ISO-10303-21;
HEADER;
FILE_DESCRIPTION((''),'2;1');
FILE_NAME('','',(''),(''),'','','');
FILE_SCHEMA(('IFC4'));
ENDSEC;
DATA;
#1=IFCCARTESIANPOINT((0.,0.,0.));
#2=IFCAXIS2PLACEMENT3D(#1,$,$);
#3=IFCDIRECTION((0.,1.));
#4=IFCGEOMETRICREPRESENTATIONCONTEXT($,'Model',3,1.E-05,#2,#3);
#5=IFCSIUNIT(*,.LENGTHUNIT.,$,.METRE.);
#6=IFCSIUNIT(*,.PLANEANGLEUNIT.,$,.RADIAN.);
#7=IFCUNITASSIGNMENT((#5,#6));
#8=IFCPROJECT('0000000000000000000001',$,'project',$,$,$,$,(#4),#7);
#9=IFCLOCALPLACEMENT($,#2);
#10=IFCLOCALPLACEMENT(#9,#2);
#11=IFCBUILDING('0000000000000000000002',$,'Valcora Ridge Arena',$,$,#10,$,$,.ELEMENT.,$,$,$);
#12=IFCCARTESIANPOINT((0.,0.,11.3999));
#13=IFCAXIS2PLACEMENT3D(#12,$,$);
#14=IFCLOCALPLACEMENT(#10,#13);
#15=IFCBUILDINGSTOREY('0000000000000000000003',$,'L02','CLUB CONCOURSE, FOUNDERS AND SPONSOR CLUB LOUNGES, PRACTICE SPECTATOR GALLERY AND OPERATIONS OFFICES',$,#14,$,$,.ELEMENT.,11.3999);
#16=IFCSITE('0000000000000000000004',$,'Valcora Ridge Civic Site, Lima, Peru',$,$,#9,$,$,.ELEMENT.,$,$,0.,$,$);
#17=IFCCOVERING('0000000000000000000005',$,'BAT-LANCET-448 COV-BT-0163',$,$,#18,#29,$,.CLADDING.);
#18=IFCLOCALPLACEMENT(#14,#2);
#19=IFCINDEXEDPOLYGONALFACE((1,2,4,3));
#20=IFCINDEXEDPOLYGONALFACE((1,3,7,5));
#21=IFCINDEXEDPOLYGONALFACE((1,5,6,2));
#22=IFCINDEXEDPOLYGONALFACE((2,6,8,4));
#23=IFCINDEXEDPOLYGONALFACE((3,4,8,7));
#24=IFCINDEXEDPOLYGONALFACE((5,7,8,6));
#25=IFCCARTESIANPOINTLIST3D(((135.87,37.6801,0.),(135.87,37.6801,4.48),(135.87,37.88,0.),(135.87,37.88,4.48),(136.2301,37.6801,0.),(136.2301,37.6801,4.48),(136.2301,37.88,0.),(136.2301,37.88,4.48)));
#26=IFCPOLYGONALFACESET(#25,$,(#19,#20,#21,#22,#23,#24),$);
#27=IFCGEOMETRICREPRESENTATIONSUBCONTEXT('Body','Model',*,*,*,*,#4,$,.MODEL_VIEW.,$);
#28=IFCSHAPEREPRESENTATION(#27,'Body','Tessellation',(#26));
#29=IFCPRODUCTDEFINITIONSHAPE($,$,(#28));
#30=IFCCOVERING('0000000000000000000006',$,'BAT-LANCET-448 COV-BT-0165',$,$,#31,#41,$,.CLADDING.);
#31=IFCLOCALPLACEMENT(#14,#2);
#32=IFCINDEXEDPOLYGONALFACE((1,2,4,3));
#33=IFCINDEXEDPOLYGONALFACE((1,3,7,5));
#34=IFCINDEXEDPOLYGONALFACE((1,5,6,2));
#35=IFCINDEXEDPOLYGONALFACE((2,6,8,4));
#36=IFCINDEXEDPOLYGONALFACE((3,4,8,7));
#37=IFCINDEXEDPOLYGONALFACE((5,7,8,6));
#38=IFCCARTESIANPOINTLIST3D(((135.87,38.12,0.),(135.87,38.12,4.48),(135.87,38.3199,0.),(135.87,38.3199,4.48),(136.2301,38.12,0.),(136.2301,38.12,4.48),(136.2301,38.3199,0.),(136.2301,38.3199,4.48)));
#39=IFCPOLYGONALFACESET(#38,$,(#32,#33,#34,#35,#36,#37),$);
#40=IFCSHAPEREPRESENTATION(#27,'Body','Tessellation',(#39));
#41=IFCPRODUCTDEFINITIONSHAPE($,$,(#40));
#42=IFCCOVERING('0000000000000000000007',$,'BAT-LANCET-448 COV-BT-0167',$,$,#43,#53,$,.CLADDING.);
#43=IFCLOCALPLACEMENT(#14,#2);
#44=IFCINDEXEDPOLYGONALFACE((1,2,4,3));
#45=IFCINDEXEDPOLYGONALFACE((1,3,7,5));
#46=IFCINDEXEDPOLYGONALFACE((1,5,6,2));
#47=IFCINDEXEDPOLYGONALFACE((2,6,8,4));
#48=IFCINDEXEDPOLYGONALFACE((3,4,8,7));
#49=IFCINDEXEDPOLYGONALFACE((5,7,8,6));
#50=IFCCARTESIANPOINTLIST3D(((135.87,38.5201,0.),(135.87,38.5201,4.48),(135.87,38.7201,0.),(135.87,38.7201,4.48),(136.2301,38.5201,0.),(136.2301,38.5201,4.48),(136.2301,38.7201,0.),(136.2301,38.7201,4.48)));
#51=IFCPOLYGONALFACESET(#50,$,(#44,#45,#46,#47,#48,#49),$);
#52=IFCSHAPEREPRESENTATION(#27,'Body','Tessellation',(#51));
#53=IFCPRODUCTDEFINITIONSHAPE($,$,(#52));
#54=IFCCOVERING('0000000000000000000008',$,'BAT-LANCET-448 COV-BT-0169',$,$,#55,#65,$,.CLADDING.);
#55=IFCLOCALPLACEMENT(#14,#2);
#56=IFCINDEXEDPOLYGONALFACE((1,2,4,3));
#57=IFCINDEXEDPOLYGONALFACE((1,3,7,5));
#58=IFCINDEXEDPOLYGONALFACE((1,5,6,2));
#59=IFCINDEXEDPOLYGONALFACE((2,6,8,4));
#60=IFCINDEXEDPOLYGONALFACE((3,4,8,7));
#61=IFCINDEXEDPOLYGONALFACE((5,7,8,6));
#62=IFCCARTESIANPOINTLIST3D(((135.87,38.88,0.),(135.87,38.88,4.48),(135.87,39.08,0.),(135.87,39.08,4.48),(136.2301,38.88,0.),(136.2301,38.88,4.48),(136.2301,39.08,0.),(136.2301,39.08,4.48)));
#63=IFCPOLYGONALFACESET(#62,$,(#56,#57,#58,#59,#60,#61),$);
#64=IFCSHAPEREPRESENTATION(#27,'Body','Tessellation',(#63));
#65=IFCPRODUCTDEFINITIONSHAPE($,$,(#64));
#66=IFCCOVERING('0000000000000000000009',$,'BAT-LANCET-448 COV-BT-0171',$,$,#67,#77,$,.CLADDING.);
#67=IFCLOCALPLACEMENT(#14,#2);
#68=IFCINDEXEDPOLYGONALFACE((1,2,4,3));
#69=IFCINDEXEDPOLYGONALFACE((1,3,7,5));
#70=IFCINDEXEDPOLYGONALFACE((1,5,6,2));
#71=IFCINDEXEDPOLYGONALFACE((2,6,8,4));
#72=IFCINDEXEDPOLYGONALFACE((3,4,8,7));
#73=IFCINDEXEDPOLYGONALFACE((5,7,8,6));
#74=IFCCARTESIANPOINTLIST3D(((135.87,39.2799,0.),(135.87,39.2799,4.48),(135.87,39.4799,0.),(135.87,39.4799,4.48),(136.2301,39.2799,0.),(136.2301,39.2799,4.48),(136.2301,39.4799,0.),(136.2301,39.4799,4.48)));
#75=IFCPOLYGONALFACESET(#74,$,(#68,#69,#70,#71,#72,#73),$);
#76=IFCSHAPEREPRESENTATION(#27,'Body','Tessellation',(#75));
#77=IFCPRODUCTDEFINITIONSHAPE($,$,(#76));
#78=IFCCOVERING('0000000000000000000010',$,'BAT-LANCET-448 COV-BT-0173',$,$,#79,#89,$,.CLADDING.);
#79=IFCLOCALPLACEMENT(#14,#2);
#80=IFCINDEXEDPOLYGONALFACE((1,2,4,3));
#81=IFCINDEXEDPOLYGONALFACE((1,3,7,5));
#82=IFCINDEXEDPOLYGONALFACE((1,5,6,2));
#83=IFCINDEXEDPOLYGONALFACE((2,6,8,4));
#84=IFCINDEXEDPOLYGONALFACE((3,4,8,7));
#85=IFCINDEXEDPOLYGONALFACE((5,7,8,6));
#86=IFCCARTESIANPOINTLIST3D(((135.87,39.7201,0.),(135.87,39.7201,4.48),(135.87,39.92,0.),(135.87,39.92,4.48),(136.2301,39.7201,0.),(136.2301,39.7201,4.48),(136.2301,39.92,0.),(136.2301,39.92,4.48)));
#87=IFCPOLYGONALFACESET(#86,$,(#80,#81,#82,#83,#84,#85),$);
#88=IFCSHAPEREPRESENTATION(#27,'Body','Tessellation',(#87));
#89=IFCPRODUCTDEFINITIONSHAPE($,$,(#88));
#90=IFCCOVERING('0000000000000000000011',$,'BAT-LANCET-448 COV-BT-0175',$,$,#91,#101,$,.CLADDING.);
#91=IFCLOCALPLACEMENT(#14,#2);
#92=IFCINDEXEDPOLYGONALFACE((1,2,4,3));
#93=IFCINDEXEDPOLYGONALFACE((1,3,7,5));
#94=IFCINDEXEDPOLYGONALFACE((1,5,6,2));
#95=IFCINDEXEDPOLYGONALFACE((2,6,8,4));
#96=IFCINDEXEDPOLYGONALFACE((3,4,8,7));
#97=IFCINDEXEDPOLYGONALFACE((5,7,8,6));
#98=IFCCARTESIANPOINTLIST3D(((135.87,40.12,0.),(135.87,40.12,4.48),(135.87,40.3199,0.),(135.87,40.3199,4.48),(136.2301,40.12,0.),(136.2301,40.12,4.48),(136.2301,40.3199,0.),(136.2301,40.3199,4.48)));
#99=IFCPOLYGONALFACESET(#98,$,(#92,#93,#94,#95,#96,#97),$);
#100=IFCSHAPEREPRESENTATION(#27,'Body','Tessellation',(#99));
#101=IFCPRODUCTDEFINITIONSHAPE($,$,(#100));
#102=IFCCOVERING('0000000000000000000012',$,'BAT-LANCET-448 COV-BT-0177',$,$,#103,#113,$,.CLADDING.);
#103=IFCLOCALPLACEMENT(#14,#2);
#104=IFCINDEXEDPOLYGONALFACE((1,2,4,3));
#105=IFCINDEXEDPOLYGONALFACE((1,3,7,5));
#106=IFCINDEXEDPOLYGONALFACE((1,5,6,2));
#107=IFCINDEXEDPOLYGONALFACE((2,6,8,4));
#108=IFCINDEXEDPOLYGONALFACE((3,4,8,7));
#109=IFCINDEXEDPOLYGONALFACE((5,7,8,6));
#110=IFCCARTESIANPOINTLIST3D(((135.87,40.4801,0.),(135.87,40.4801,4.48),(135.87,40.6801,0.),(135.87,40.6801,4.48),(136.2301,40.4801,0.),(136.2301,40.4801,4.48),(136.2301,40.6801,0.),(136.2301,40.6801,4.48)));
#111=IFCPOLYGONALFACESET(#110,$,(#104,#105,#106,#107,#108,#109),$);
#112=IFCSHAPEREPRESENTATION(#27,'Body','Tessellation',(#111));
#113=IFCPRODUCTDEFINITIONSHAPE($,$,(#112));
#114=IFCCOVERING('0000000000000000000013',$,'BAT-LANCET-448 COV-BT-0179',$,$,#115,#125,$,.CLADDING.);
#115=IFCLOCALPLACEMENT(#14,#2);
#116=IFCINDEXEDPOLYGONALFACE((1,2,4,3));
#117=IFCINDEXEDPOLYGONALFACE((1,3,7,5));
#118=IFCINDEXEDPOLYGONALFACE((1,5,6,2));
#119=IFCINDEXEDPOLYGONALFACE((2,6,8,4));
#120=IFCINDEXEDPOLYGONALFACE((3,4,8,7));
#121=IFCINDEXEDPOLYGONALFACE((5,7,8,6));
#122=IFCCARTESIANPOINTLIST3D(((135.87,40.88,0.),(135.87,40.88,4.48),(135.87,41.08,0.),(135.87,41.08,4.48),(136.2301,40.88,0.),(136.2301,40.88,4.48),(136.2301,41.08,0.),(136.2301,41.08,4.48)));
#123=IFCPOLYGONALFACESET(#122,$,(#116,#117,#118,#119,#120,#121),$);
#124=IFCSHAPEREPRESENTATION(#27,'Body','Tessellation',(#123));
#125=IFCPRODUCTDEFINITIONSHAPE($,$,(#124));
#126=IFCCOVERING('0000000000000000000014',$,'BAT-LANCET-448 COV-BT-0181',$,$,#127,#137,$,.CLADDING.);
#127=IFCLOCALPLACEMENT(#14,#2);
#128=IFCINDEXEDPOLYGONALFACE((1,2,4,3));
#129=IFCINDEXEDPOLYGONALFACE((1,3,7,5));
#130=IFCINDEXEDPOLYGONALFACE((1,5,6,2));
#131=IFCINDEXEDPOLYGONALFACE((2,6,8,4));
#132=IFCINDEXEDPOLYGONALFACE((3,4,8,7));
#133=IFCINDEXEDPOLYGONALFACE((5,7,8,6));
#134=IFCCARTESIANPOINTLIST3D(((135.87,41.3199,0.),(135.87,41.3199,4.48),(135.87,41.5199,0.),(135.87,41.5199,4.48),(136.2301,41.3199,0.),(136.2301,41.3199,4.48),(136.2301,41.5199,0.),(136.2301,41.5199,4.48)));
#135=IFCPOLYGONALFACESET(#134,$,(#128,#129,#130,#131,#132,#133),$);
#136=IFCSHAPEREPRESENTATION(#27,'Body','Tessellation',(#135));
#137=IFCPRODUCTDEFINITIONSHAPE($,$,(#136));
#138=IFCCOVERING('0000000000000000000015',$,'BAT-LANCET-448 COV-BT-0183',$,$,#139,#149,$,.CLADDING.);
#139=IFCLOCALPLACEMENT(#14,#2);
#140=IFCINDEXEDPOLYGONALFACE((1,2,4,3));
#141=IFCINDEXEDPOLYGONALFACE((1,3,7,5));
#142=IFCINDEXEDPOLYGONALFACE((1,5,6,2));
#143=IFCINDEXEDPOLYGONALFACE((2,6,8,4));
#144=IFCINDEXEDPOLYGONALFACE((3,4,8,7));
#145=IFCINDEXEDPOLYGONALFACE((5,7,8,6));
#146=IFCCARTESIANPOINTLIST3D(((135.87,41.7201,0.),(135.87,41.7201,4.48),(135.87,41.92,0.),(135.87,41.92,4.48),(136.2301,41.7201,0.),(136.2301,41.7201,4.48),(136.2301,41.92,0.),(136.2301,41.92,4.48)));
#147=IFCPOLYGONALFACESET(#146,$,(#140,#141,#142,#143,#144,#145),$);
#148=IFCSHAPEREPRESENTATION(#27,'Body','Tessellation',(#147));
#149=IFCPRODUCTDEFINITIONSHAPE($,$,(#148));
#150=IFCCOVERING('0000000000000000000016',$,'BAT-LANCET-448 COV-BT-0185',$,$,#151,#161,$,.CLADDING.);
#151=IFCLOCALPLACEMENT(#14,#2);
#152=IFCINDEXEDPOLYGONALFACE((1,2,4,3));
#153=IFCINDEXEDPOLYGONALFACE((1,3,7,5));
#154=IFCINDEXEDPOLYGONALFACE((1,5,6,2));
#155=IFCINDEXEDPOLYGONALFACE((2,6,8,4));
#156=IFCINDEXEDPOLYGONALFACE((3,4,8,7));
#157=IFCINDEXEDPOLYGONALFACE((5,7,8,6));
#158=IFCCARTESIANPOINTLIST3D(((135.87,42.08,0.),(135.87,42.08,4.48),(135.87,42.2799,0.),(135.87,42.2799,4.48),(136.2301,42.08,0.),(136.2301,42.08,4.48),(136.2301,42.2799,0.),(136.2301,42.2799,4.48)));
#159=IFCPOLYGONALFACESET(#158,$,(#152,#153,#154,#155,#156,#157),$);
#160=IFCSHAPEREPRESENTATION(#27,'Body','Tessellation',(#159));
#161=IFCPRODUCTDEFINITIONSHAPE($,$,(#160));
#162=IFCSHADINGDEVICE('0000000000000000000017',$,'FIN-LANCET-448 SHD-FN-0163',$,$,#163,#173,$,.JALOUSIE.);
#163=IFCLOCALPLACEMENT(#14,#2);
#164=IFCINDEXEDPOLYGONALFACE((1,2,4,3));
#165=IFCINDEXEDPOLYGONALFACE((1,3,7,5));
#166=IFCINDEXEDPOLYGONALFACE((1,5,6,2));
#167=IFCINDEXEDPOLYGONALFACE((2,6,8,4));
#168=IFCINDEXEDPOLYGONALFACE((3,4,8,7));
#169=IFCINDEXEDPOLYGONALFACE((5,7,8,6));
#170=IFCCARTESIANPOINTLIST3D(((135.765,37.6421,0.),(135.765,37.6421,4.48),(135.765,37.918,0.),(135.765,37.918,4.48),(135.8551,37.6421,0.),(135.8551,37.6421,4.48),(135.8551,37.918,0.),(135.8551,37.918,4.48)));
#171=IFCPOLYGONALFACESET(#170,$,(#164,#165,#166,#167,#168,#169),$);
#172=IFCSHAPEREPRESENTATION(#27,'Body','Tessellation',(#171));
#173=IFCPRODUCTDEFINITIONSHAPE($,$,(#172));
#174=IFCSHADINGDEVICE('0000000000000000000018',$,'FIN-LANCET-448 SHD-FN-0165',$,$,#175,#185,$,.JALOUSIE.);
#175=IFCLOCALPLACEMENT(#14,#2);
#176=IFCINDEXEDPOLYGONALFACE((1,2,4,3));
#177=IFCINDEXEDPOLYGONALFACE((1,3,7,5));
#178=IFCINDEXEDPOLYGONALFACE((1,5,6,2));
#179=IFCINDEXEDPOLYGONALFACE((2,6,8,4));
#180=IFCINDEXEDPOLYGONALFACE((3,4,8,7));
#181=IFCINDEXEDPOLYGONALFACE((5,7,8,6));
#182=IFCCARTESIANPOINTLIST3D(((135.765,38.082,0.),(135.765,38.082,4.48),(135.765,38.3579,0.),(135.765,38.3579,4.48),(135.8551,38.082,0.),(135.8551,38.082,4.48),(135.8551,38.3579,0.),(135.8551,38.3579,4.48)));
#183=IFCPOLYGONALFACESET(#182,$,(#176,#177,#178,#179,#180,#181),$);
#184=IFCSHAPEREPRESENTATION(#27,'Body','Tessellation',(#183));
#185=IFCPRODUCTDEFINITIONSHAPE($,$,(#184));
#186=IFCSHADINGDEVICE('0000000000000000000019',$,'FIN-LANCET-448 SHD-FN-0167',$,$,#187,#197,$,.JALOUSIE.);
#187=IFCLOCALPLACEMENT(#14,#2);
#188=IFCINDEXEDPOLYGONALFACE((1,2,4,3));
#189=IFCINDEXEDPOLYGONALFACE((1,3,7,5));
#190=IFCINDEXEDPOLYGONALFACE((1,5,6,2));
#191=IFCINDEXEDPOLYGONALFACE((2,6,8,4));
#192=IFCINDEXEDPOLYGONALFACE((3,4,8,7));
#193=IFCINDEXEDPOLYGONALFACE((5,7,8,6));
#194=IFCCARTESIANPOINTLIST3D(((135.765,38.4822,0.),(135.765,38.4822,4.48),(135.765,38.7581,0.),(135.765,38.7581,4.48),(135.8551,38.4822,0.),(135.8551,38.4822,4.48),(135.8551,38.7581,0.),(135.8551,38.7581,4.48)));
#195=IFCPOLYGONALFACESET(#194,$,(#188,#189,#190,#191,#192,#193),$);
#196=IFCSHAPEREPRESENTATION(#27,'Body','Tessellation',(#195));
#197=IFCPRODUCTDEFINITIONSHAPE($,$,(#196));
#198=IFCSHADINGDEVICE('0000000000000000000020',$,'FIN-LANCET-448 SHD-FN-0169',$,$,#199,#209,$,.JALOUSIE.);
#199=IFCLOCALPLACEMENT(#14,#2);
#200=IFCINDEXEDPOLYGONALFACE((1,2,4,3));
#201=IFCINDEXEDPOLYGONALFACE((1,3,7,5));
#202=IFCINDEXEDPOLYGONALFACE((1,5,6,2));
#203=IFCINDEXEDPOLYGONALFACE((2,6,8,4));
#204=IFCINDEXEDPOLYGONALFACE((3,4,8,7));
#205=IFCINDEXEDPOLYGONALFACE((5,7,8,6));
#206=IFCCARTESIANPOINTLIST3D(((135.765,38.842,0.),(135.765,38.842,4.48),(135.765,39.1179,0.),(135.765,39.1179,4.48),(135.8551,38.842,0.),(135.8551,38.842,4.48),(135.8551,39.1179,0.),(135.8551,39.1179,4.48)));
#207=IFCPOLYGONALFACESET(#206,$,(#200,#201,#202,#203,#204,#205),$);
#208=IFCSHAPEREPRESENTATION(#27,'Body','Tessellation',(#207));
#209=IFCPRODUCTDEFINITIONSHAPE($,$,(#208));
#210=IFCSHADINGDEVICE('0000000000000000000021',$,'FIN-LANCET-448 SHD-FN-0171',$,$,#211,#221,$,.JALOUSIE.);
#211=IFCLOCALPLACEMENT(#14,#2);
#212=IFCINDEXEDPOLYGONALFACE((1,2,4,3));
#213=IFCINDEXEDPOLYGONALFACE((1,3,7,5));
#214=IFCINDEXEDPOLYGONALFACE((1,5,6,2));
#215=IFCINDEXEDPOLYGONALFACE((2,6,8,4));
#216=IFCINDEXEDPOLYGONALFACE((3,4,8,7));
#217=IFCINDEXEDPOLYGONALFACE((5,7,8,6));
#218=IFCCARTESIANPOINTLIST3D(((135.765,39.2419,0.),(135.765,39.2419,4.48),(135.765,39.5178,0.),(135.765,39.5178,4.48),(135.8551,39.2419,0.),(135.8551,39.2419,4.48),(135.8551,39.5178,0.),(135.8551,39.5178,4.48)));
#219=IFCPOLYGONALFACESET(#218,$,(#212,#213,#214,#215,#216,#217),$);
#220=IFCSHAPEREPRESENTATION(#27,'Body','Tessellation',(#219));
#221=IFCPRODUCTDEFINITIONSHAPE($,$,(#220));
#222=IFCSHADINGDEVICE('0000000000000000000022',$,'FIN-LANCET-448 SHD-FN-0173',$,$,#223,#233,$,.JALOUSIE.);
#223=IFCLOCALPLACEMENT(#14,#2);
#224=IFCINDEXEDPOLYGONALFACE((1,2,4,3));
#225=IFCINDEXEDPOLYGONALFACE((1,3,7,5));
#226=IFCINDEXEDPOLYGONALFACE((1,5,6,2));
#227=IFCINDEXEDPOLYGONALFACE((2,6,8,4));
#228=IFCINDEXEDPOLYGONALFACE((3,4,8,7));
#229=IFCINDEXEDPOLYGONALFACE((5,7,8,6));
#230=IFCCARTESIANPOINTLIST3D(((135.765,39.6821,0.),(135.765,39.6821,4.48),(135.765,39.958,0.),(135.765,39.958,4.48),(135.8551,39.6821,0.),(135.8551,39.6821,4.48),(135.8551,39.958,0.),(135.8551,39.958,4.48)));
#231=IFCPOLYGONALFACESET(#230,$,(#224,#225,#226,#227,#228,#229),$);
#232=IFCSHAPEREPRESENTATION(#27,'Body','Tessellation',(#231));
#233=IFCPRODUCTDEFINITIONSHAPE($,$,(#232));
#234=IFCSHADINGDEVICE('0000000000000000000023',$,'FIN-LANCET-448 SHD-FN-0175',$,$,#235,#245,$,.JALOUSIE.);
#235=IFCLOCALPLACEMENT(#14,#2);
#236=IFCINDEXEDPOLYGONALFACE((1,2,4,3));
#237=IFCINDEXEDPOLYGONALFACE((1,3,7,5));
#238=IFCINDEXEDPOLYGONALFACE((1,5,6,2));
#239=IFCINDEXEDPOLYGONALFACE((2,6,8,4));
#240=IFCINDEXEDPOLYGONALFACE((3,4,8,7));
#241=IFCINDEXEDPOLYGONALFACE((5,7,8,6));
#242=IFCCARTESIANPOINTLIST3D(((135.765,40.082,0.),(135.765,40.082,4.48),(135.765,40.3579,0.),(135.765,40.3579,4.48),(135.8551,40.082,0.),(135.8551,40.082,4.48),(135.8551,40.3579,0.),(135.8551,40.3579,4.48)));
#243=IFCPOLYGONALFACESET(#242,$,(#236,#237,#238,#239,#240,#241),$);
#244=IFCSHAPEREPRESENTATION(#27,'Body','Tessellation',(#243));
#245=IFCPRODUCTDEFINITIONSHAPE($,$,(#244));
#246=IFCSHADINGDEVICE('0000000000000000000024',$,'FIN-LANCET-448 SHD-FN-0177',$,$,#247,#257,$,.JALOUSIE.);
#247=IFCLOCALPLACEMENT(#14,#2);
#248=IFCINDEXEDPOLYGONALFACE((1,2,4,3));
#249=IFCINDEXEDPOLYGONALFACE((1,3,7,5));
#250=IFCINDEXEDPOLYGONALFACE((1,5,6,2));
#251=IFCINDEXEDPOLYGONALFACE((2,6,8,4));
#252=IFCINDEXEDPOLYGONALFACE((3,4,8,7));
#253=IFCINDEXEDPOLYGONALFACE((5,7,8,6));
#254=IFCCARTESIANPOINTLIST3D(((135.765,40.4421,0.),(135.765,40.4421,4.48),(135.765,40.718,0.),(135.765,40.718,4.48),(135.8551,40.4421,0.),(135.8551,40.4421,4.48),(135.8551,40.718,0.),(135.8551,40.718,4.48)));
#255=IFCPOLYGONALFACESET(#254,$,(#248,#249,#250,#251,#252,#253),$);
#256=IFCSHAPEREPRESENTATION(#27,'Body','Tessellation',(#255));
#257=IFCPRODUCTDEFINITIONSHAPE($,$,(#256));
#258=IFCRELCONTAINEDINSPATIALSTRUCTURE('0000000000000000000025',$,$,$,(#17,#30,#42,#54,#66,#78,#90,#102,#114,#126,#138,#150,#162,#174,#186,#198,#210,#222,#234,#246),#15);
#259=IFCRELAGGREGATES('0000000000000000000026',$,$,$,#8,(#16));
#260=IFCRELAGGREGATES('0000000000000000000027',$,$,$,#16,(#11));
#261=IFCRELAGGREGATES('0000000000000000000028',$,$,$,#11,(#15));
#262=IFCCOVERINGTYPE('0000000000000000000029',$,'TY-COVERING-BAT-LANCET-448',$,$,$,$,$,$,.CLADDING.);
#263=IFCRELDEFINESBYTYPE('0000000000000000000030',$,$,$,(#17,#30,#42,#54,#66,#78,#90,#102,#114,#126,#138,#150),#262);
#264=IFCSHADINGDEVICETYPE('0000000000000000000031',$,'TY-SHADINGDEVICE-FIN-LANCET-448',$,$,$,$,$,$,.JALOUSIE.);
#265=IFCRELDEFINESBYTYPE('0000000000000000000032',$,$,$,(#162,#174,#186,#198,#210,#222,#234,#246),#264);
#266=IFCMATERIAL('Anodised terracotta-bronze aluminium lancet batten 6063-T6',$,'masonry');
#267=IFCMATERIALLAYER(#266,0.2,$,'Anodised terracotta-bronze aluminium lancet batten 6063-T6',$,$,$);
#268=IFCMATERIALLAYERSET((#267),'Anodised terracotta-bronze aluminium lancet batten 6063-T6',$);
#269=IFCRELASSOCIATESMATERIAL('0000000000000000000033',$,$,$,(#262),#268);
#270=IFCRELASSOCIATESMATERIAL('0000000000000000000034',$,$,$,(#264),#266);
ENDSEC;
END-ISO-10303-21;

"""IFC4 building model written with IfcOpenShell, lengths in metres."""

from ifc_helpers import new_model, si_unit, direction, frame, origin, origin_2d, place, context, subcontext, project, spatial, rectangle, extrude, material, layer, layer_set, material_profile, profile_set, type_object, element, save


model = new_model("IFC4")

# Units and contexts
model_context = context("Model", 3, precision=1e-05, world=origin(), true_north=direction((0.0, 1.0)))
body_context = subcontext(model_context, "Body", "Model", "MODEL_VIEW")
ifc_project = project(units=[si_unit("LENGTHUNIT", "METRE"), si_unit("PLANEANGLEUNIT", "RADIAN")], contexts=[model_context])

# Site, building, storey
site_placement = place(None, origin())
site = spatial("IfcSite", under=ifc_project, at=site_placement, Name="Valcora Ridge Civic Site, Lima, Peru", CompositionType="ELEMENT", RefElevation=0.0)
building_placement = place(site_placement, origin())
building = spatial("IfcBuilding", under=site, at=building_placement, Name="Valcora Ridge Arena", CompositionType="ELEMENT")
storey_placement = place(building_placement, frame((0.0, 0.0, 11.3999)))
storey = spatial("IfcBuildingStorey", under=building, at=storey_placement, Name="L02", Description="CLUB CONCOURSE, FOUNDERS AND SPONSOR CLUB LOUNGES, PRACTICE SPECTATOR GALLERY AND OPERATIONS OFFICES", CompositionType="ELEMENT", Elevation=11.3999)

# Coverings
ifc_material_1 = material(Name="Anodised terracotta-bronze aluminium lancet batten 6063-T6", Category="masonry")
ifc_layer_1 = layer(ifc_material_1, 0.2, Name="Anodised terracotta-bronze aluminium lancet batten 6063-T6")
ifc_layer_set_1 = layer_set([ifc_layer_1], Name="Anodised terracotta-bronze aluminium lancet batten 6063-T6")
covering_type = type_object("IfcCoveringType", Name="TY-COVERING-BAT-LANCET-448", PredefinedType="CLADDING", material=ifc_layer_set_1)
for number, where, z_axis, x_axis, name in (
    (1, (136.05, 37.78, 0.0), (0.0, 0.0, 1.0), (1.0, 0.0, 0.0), "BAT-LANCET-448 COV-BT-0163"),
    (2, (136.05, 38.22, 0.0), (0.0, 0.0, 1.0), (1.0, 0.0, 0.0), "BAT-LANCET-448 COV-BT-0165"),
    (3, (136.05, 38.6201, 0.0), (0.0, 0.0, 1.0), (1.0, 0.0, 0.0), "BAT-LANCET-448 COV-BT-0167"),
    (4, (136.05, 38.98, 0.0), (0.0, 0.0, 1.0), (1.0, 0.0, 0.0), "BAT-LANCET-448 COV-BT-0169"),
    (5, (136.05, 39.3799, 0.0), (0.0, 0.0, 1.0), (1.0, 0.0, 0.0), "BAT-LANCET-448 COV-BT-0171"),
    (6, (136.05, 39.8201, 0.0), (0.0, 0.0, 1.0), (1.0, 0.0, 0.0), "BAT-LANCET-448 COV-BT-0173"),
    (7, (136.05, 40.22, 0.0), (0.0, 0.0, 1.0), (1.0, 0.0, 0.0), "BAT-LANCET-448 COV-BT-0175"),
    (8, (136.05, 40.5801, 0.0), (0.0, 0.0, 1.0), (1.0, 0.0, 0.0), "BAT-LANCET-448 COV-BT-0177"),
    (9, (136.05, 40.98, 0.0), (0.0, 0.0, 1.0), (1.0, 0.0, 0.0), "BAT-LANCET-448 COV-BT-0179"),
    (10, (136.05, 41.4199, 0.0), (0.0, 0.0, 1.0), (1.0, 0.0, 0.0), "BAT-LANCET-448 COV-BT-0181"),
    (11, (136.05, 41.8201, 0.0), (0.0, 0.0, 1.0), (1.0, 0.0, 0.0), "BAT-LANCET-448 COV-BT-0183"),
    (12, (136.05, 42.1799, 0.0), (0.0, 0.0, 1.0), (1.0, 0.0, 0.0), "BAT-LANCET-448 COV-BT-0185"),
):
    element("IfcCovering", number, at=place(storey_placement, frame(where, z_axis=z_axis, x_axis=x_axis)), inside=storey, type_object=covering_type, Name=name, PredefinedType="CLADDING", context=body_context, shape_type="SweptSolid", body=[
        extrude(rectangle(XDim=0.3601, YDim=0.2, at=origin_2d()), origin(), (0.0, 0.0, 1.0), 4.48),
    ])

# Shading devices
ifc_material_profile = material_profile(ifc_material_1, rectangle(XDim=0.0901, YDim=0.2759, at=origin_2d()), Name="ALU LANCET BATTEN 90x276")
ifc_profile_set = profile_set([ifc_material_profile], Name="Anodised terracotta-bronze aluminium lancet batten 6063-T6")
shading_device_type = type_object("IfcShadingDeviceType", Name="TY-SHADINGDEVICE-FIN-LANCET-448", PredefinedType="JALOUSIE", material=ifc_profile_set)
for number, where, z_axis, x_axis, name in (
    (13, (135.8101, 37.78, 0.0), (0.0, 0.0, 1.0), (1.0, 0.0, 0.0), "FIN-LANCET-448 SHD-FN-0163"),
    (14, (135.8101, 38.22, 0.0), (0.0, 0.0, 1.0), (1.0, 0.0, 0.0), "FIN-LANCET-448 SHD-FN-0165"),
    (15, (135.8101, 38.6201, 0.0), (0.0, 0.0, 1.0), (1.0, 0.0, 0.0), "FIN-LANCET-448 SHD-FN-0167"),
    (16, (135.8101, 38.98, 0.0), (0.0, 0.0, 1.0), (1.0, 0.0, 0.0), "FIN-LANCET-448 SHD-FN-0169"),
    (17, (135.8101, 39.3799, 0.0), (0.0, 0.0, 1.0), (1.0, 0.0, 0.0), "FIN-LANCET-448 SHD-FN-0171"),
    (18, (135.8101, 39.8201, 0.0), (0.0, 0.0, 1.0), (1.0, 0.0, 0.0), "FIN-LANCET-448 SHD-FN-0173"),
    (19, (135.8101, 40.22, 0.0), (0.0, 0.0, 1.0), (1.0, 0.0, 0.0), "FIN-LANCET-448 SHD-FN-0175"),
    (20, (135.8101, 40.5801, 0.0), (0.0, 0.0, 1.0), (1.0, 0.0, 0.0), "FIN-LANCET-448 SHD-FN-0177"),
):
    element("IfcShadingDevice", number, at=place(storey_placement, frame(where, z_axis=z_axis, x_axis=x_axis)), inside=storey, type_object=shading_device_type, Name=name, PredefinedType="JALOUSIE", context=body_context, shape_type="SweptSolid", body=[
        extrude(rectangle(XDim=0.0901, YDim=0.2759, at=origin_2d()), origin(), (0.0, 0.0, 1.0), 4.48),
    ])

save(model, "model.ifc")
